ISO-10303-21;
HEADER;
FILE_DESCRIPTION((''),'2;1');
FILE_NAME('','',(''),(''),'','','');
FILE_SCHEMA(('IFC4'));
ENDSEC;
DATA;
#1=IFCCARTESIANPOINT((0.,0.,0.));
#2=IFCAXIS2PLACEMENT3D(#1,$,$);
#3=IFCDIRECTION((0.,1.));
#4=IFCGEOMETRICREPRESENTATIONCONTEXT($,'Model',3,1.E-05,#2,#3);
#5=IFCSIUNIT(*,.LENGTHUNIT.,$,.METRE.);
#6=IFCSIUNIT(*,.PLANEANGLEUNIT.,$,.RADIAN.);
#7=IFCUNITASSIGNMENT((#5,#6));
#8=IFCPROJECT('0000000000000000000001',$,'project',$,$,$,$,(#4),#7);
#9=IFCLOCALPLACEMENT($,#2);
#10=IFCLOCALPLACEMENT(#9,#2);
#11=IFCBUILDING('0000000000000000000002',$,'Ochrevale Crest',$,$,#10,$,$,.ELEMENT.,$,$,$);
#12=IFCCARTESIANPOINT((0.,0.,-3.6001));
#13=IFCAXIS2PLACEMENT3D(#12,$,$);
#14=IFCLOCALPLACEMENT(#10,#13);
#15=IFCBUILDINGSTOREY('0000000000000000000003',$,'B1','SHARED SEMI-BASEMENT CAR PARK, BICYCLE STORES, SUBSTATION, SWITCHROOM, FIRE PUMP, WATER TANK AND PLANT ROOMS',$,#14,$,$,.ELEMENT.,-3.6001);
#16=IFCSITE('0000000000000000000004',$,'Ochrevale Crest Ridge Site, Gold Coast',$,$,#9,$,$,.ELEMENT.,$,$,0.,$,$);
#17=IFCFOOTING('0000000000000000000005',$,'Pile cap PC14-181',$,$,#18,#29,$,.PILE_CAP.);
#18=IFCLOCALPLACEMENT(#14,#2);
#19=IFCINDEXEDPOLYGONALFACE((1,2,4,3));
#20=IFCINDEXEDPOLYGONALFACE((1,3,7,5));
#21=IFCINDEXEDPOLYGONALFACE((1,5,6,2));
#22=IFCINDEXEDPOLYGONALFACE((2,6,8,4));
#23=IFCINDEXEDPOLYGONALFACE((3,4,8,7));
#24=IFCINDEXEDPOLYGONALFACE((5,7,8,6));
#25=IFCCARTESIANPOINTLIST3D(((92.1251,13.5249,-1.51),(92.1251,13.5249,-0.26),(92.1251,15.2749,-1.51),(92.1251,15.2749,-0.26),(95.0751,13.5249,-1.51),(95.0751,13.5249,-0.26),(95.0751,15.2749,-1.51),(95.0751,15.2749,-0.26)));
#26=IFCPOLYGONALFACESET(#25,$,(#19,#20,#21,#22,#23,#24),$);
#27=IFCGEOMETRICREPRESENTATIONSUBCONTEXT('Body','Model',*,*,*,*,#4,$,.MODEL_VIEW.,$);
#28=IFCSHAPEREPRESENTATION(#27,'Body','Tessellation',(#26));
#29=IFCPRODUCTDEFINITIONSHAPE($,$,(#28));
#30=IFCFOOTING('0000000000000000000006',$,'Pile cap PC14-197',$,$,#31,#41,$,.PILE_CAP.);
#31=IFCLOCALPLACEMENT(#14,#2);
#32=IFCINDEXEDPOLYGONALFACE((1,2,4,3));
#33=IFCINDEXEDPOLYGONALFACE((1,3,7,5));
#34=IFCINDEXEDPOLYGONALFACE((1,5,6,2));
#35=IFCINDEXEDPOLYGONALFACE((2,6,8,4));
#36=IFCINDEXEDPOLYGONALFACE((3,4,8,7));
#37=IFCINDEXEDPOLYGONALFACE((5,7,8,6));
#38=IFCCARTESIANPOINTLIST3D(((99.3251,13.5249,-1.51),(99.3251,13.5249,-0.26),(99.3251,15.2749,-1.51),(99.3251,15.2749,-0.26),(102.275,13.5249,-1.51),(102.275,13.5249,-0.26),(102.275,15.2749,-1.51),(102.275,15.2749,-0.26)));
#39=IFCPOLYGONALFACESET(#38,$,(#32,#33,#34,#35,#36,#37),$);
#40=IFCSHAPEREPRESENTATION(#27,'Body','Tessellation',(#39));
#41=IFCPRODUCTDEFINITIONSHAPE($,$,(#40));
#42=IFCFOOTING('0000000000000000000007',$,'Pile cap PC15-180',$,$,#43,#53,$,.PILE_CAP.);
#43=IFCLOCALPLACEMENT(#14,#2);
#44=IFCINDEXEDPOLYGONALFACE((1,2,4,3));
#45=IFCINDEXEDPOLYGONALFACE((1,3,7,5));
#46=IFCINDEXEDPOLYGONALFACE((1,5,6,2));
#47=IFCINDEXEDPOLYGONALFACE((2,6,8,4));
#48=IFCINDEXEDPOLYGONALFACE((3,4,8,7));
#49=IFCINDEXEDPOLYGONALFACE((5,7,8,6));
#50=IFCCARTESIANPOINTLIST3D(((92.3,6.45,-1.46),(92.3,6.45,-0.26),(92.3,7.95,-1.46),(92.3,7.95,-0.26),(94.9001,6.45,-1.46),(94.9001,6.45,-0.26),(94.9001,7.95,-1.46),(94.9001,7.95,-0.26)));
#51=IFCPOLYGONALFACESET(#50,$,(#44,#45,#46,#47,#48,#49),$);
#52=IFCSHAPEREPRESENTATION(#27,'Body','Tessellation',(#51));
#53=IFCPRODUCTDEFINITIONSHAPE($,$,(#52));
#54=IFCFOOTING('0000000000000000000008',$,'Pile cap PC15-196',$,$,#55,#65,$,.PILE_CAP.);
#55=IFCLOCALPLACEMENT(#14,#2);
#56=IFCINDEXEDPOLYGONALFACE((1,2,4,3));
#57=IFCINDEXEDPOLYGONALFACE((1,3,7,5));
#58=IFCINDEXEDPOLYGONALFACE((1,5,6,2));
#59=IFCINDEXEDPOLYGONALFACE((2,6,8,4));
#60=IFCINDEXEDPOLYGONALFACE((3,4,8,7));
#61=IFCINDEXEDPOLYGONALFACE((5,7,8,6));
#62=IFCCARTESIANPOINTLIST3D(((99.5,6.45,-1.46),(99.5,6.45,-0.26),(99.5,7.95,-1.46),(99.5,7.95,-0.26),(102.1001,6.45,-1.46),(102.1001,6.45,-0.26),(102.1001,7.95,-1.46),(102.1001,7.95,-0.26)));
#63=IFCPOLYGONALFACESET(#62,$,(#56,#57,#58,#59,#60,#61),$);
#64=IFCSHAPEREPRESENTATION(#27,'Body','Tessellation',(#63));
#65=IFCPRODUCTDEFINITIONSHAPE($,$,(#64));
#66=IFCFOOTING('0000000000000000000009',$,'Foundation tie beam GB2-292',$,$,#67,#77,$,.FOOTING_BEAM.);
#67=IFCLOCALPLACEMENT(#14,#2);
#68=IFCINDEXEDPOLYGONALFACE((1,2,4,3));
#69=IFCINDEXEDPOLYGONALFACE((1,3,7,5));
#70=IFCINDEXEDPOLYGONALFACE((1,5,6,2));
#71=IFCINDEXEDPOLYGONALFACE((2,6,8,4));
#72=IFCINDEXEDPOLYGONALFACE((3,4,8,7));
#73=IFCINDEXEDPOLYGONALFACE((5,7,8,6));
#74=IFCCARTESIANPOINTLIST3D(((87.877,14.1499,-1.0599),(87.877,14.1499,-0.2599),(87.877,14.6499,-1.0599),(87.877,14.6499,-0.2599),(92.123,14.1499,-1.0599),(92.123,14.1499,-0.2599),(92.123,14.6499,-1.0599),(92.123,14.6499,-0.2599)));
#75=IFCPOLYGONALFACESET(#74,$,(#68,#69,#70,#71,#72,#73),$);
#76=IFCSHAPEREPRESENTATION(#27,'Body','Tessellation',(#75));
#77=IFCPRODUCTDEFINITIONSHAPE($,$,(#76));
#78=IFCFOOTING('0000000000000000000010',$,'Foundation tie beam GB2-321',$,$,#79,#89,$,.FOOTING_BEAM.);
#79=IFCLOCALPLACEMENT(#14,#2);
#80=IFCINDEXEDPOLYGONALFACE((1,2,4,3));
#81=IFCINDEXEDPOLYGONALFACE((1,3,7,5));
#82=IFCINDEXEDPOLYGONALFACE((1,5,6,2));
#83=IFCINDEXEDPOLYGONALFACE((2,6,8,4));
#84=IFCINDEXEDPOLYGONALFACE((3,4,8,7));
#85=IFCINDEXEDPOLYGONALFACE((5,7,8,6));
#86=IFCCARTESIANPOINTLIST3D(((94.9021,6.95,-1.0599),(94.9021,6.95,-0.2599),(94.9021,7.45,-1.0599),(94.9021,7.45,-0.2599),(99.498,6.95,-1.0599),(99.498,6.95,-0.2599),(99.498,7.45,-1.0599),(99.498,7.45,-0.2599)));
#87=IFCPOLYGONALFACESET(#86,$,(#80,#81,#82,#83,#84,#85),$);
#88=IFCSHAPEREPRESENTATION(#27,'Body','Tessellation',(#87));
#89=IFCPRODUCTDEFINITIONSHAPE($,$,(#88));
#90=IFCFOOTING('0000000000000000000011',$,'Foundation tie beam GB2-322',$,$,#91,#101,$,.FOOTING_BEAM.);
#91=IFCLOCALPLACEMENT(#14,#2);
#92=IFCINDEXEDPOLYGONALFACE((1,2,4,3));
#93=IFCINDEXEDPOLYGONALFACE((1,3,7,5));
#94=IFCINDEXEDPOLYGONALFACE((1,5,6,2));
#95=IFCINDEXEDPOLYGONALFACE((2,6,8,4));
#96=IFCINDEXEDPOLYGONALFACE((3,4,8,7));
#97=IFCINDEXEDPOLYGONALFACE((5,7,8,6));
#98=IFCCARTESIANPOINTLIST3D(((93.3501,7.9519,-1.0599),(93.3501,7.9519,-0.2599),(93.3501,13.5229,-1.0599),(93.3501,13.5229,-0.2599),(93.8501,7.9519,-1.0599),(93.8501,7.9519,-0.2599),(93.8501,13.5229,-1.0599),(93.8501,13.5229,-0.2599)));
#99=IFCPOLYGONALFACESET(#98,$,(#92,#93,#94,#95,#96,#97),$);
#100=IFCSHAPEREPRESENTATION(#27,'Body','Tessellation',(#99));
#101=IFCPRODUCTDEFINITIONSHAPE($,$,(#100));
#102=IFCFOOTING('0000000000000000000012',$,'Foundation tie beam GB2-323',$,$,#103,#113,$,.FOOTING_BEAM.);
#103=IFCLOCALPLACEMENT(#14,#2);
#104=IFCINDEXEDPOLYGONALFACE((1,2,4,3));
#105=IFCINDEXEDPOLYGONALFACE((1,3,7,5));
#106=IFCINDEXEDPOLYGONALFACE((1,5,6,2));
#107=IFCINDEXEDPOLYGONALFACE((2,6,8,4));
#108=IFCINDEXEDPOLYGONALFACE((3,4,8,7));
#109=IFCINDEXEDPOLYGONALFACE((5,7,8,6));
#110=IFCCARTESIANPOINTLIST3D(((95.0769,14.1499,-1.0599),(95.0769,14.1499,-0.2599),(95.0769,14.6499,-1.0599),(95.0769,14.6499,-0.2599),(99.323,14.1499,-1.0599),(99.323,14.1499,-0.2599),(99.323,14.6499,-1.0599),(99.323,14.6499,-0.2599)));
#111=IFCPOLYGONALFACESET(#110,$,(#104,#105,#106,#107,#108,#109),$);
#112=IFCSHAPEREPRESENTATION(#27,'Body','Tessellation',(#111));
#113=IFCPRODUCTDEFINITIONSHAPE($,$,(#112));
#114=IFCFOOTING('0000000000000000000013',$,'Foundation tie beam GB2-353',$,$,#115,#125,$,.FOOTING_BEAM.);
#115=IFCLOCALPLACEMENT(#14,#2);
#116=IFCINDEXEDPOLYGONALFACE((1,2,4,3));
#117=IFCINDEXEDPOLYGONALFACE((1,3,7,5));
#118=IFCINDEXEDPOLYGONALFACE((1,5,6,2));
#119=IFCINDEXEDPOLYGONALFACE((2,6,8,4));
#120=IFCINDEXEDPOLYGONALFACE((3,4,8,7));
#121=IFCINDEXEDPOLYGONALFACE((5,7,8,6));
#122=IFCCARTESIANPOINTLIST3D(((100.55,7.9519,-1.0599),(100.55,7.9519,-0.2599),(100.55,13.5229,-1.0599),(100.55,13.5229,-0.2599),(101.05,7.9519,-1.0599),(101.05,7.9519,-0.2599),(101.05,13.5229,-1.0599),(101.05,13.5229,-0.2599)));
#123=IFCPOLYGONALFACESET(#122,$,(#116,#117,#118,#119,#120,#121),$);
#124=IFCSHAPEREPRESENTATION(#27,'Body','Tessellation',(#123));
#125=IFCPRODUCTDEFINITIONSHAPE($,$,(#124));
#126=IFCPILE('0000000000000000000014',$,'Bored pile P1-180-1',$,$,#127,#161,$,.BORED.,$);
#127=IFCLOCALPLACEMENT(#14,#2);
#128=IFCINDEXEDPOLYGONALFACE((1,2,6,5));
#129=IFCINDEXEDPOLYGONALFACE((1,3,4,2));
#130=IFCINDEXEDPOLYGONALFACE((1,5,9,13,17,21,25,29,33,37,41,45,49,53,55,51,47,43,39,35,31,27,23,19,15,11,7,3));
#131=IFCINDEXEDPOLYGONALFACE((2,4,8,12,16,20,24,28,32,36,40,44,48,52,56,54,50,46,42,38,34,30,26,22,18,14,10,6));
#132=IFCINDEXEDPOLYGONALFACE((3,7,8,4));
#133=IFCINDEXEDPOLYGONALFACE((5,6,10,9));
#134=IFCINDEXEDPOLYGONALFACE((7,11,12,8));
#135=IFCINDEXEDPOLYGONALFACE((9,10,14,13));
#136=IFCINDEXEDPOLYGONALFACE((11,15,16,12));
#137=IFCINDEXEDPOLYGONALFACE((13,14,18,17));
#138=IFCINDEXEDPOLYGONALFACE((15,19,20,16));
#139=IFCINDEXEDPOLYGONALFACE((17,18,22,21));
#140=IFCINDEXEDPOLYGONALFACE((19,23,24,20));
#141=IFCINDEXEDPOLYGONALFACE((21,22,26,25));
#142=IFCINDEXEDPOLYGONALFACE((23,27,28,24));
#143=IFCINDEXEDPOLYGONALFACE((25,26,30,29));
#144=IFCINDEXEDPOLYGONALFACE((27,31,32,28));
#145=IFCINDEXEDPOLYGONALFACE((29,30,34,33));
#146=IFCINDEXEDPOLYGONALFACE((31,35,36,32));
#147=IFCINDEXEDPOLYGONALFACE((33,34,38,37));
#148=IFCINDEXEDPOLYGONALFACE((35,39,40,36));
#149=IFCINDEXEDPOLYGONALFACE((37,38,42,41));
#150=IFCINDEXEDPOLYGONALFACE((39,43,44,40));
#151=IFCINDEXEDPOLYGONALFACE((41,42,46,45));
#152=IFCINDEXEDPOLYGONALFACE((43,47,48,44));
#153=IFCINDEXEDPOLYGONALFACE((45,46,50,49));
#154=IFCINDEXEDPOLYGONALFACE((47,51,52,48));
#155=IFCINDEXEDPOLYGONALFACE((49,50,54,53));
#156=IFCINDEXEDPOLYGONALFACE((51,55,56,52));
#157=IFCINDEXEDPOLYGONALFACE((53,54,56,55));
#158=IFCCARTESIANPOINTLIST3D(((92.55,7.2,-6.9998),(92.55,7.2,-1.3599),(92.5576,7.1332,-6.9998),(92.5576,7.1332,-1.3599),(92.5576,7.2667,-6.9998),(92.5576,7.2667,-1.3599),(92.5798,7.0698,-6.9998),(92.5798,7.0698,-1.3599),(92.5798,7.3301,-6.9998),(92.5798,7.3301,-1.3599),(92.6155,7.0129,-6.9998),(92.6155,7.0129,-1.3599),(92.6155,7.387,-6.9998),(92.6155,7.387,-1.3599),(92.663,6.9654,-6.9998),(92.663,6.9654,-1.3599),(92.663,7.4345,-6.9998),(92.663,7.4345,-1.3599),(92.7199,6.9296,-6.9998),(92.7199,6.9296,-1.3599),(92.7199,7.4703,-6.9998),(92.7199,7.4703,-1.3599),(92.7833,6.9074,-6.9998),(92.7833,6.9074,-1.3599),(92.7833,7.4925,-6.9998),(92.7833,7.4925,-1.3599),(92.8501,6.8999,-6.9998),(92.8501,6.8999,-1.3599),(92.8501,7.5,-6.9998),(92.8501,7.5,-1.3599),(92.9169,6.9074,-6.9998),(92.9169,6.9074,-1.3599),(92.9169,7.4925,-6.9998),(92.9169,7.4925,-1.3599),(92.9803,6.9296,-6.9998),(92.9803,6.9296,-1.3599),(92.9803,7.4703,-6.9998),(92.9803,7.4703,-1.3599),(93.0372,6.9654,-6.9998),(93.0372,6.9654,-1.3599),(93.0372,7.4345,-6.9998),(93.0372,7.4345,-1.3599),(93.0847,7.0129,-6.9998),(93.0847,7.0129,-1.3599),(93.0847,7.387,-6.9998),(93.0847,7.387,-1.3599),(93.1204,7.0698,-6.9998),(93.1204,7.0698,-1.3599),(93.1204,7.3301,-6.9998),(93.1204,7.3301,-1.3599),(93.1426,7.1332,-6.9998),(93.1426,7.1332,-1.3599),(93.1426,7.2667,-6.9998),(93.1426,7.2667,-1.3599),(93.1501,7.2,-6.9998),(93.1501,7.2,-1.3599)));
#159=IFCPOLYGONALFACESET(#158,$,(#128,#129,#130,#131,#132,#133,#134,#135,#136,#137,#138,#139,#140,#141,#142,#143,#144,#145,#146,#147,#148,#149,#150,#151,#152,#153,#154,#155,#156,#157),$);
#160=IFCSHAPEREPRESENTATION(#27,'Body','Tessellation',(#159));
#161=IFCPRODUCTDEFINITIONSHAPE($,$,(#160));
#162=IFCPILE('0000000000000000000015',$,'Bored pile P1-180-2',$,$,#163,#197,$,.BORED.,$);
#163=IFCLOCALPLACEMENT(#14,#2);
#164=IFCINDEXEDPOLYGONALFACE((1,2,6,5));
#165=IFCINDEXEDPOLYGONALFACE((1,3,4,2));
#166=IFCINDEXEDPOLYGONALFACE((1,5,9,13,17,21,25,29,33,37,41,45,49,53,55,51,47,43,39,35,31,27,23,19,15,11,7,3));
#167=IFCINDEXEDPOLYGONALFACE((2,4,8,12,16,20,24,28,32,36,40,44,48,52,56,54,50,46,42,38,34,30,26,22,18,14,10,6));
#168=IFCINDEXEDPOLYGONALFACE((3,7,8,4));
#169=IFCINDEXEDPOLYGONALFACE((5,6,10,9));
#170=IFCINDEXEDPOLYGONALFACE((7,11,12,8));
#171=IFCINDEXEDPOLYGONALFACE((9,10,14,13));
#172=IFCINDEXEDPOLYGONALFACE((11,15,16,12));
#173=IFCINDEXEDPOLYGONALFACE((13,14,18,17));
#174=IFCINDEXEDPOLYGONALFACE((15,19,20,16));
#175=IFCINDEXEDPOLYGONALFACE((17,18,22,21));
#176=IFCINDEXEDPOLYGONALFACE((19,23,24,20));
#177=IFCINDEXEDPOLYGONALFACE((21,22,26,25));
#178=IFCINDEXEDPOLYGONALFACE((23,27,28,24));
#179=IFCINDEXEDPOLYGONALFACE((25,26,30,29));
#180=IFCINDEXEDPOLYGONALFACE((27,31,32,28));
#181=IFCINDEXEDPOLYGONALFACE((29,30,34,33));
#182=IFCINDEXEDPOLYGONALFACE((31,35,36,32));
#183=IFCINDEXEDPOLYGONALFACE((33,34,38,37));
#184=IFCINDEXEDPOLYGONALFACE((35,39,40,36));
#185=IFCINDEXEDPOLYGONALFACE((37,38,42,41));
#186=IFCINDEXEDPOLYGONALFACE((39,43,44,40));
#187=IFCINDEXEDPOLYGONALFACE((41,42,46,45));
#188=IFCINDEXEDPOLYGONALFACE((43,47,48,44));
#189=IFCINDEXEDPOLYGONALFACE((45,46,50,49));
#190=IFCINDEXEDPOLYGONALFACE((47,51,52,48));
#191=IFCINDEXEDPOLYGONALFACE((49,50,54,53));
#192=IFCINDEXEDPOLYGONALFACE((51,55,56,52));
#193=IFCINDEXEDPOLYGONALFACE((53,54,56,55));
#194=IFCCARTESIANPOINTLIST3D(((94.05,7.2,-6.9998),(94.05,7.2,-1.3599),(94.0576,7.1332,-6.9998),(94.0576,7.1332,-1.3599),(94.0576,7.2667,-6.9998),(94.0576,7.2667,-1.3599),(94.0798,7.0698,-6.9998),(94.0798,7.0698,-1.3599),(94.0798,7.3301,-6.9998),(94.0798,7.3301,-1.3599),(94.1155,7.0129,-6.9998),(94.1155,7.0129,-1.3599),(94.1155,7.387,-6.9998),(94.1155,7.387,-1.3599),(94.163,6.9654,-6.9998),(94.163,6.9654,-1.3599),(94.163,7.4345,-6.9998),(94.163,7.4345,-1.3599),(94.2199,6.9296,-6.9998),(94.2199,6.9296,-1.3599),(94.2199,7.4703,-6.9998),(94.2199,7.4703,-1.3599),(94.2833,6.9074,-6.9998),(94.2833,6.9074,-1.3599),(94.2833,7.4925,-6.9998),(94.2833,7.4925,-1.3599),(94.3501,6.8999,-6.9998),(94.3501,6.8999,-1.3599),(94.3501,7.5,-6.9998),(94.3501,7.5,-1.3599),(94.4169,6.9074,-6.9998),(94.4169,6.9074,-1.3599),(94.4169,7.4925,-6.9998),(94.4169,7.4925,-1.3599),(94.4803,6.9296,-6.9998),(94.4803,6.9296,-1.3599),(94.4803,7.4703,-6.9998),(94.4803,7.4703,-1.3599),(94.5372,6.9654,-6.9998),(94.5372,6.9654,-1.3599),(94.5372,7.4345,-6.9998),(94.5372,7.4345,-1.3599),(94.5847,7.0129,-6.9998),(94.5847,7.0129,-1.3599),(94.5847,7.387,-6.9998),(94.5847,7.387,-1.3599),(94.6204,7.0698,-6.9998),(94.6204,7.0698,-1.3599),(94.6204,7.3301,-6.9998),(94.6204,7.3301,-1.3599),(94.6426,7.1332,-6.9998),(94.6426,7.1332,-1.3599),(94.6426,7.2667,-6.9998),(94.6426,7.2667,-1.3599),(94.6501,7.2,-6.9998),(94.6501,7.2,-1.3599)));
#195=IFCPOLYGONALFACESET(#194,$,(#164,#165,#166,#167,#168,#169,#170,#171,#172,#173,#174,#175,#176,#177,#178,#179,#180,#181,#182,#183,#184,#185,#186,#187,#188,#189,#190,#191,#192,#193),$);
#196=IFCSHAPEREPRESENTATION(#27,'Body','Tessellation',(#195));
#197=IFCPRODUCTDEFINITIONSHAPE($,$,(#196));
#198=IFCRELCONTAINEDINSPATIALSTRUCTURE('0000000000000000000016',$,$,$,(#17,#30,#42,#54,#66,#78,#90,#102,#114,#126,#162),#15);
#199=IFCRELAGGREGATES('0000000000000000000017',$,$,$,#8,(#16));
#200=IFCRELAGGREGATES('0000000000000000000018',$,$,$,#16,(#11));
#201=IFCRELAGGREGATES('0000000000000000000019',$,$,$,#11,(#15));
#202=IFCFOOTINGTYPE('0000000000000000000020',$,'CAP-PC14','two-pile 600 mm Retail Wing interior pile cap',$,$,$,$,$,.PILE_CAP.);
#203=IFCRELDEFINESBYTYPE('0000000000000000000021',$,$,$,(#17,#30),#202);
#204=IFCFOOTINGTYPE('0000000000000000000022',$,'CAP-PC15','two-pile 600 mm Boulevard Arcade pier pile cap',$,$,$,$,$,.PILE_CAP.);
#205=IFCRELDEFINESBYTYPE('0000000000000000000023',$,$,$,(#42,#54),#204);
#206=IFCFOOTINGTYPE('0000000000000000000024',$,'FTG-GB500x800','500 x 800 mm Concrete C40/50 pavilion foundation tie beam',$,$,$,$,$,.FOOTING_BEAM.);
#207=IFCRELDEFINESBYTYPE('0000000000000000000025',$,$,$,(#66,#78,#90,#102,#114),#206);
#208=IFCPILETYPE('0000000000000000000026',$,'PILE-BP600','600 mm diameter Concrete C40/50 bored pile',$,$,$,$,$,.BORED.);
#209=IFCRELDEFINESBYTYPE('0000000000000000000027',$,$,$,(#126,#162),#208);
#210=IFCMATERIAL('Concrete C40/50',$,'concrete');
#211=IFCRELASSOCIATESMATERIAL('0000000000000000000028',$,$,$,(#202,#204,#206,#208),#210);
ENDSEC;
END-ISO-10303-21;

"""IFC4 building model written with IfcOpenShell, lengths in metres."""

from ifc_helpers import new_model, si_unit, direction, frame, origin, origin_2d, place, context, subcontext, project, spatial, rectangle, circle, extrude, material, material_profile, profile_set, type_object, element, save


model = new_model("IFC4")

# Units and contexts
model_context = context("Model", 3, precision=1e-05, world=origin(), true_north=direction((0.0, 1.0)))
body_context = subcontext(model_context, "Body", "Model", "MODEL_VIEW")
ifc_project = project(units=[si_unit("LENGTHUNIT", "METRE"), si_unit("PLANEANGLEUNIT", "RADIAN")], contexts=[model_context])

# Site, building, storey
site_placement = place(None, origin())
site = spatial("IfcSite", under=ifc_project, at=site_placement, Name="Ochrevale Crest Ridge Site, Gold Coast", CompositionType="ELEMENT", RefElevation=0.0)
building_placement = place(site_placement, origin())
building = spatial("IfcBuilding", under=site, at=building_placement, Name="Ochrevale Crest", CompositionType="ELEMENT")
storey_placement = place(building_placement, frame((0.0, 0.0, -3.6001)))
storey = spatial("IfcBuildingStorey", under=building, at=storey_placement, Name="B1", Description="SHARED SEMI-BASEMENT CAR PARK, BICYCLE STORES, SUBSTATION, SWITCHROOM, FIRE PUMP, WATER TANK AND PLANT ROOMS", CompositionType="ELEMENT", Elevation=-3.6001)

# Footings
ifc_material_1 = material(Name="Concrete C40/50", Category="concrete")
footing_type_1 = type_object("IfcFootingType", Name="CAP-PC14", Description="two-pile 600 mm Retail Wing interior pile cap", PredefinedType="PILE_CAP", material=ifc_material_1)
for number, where, z_axis, x_axis, name in (
    (1, (93.6001, 14.3999, -1.51), (0.0, 0.0, 1.0), (1.0, 0.0, 0.0), "Pile cap PC14-181"),
    (2, (100.8, 14.3999, -1.51), (0.0, 0.0, 1.0), (1.0, 0.0, 0.0), "Pile cap PC14-197"),
):
    element("IfcFooting", number, at=place(storey_placement, frame(where, z_axis=z_axis, x_axis=x_axis)), inside=storey, type_object=footing_type_1, Name=name, PredefinedType="PILE_CAP", context=body_context, shape_type="SweptSolid", body=[
        extrude(rectangle(XDim=2.95, YDim=1.75, at=origin_2d()), origin(), (0.0, 0.0, 1.0), 1.25),
    ])
footing_type_2 = type_object("IfcFootingType", Name="CAP-PC15", Description="two-pile 600 mm Boulevard Arcade pier pile cap", PredefinedType="PILE_CAP", material=ifc_material_1)
for number, where, z_axis, x_axis, name in (
    (3, (93.6001, 7.2, -1.46), (0.0, 0.0, 1.0), (1.0, 0.0, 0.0), "Pile cap PC15-180"),
    (4, (100.8, 7.2, -1.46), (0.0, 0.0, 1.0), (1.0, 0.0, 0.0), "Pile cap PC15-196"),
):
    element("IfcFooting", number, at=place(storey_placement, frame(where, z_axis=z_axis, x_axis=x_axis)), inside=storey, type_object=footing_type_2, Name=name, PredefinedType="PILE_CAP", context=body_context, shape_type="SweptSolid", body=[
        extrude(rectangle(XDim=2.6001, YDim=1.5, at=origin_2d()), origin(), (0.0, 0.0, 1.0), 1.2),
    ])
ifc_material_profile_1 = material_profile(ifc_material_1, rectangle(XDim=0.5, YDim=0.8, at=origin_2d()), Name="GB 500x800")
ifc_profile_set_1 = profile_set([ifc_material_profile_1], Name="Concrete C40/50")
footing_type_3 = type_object("IfcFootingType", Name="FTG-GB500x800", Description="500 x 800 mm Concrete C40/50 pavilion foundation tie beam", PredefinedType="FOOTING_BEAM", material=ifc_profile_set_1)
footing_1_placement = place(storey_placement, frame((87.877, 14.3999, -0.6599), z_axis=(1.0, 0.0, 0.0), x_axis=(0.0, 1.0, 0.0)))
element("IfcFooting", 5, at=footing_1_placement, inside=storey, type_object=footing_type_3, Name="Foundation tie beam GB2-292", PredefinedType="FOOTING_BEAM", context=body_context, shape_type="SweptSolid", body=[
    extrude(rectangle(XDim=0.5, YDim=0.8, at=origin_2d()), origin(), (0.0, 0.0, 1.0), 4.2461),
])
footing_2_placement = place(storey_placement, frame((94.9021, 7.2, -0.6599), z_axis=(1.0, 0.0, 0.0), x_axis=(0.0, 1.0, 0.0)))
element("IfcFooting", 6, at=footing_2_placement, inside=storey, type_object=footing_type_3, Name="Foundation tie beam GB2-321", PredefinedType="FOOTING_BEAM", context=body_context, shape_type="SweptSolid", body=[
    extrude(rectangle(XDim=0.5, YDim=0.8, at=origin_2d()), origin(), (0.0, 0.0, 1.0), 4.5959),
])
footing_3_placement = place(storey_placement, frame((93.6001, 7.9519, -0.6599), z_axis=(0.0, 1.0, 0.0), x_axis=(-1.0, 0.0, 0.0)))
element("IfcFooting", 7, at=footing_3_placement, inside=storey, type_object=footing_type_3, Name="Foundation tie beam GB2-322", PredefinedType="FOOTING_BEAM", context=body_context, shape_type="SweptSolid", body=[
    extrude(rectangle(XDim=0.5, YDim=0.8, at=origin_2d()), origin(), (0.0, 0.0, 1.0), 5.571),
])
footing_4_placement = place(storey_placement, frame((95.0769, 14.3999, -0.6599), z_axis=(1.0, 0.0, 0.0), x_axis=(0.0, 1.0, 0.0)))
element("IfcFooting", 8, at=footing_4_placement, inside=storey, type_object=footing_type_3, Name="Foundation tie beam GB2-323", PredefinedType="FOOTING_BEAM", context=body_context, shape_type="SweptSolid", body=[
    extrude(rectangle(XDim=0.5, YDim=0.8, at=origin_2d()), origin(), (0.0, 0.0, 1.0), 4.2461),
])
footing_5_placement = place(storey_placement, frame((100.8, 7.9519, -0.6599), z_axis=(0.0, 1.0, 0.0), x_axis=(-1.0, 0.0, 0.0)))
element("IfcFooting", 9, at=footing_5_placement, inside=storey, type_object=footing_type_3, Name="Foundation tie beam GB2-353", PredefinedType="FOOTING_BEAM", context=body_context, shape_type="SweptSolid", body=[
    extrude(rectangle(XDim=0.5, YDim=0.8, at=origin_2d()), origin(), (0.0, 0.0, 1.0), 5.571),
])

# Piles
ifc_material_profile_2 = material_profile(ifc_material_1, circle(Radius=0.3, at=origin_2d()), Name="BORED PILE 600")
ifc_profile_set_2 = profile_set([ifc_material_profile_2], Name="Concrete C40/50")
pile_type = type_object("IfcPileType", Name="PILE-BP600", Description="600 mm diameter Concrete C40/50 bored pile", PredefinedType="BORED", material=ifc_profile_set_2)
for number, where, z_axis, x_axis, name in (
    (10, (92.8501, 7.2, -1.3599), (0.0, 0.0, -1.0), (1.0, 0.0, 0.0), "Bored pile P1-180-1"),
    (11, (94.3501, 7.2, -1.3599), (0.0, 0.0, -1.0), (1.0, 0.0, 0.0), "Bored pile P1-180-2"),
):
    element("IfcPile", number, at=place(storey_placement, frame(where, z_axis=z_axis, x_axis=x_axis)), inside=storey, type_object=pile_type, Name=name, PredefinedType="BORED", context=body_context, shape_type="SweptSolid", body=[
        extrude(circle(Radius=0.3, at=origin_2d()), origin(), (0.0, 0.0, 1.0), 5.6399),
    ])

save(model, "model.ifc")
